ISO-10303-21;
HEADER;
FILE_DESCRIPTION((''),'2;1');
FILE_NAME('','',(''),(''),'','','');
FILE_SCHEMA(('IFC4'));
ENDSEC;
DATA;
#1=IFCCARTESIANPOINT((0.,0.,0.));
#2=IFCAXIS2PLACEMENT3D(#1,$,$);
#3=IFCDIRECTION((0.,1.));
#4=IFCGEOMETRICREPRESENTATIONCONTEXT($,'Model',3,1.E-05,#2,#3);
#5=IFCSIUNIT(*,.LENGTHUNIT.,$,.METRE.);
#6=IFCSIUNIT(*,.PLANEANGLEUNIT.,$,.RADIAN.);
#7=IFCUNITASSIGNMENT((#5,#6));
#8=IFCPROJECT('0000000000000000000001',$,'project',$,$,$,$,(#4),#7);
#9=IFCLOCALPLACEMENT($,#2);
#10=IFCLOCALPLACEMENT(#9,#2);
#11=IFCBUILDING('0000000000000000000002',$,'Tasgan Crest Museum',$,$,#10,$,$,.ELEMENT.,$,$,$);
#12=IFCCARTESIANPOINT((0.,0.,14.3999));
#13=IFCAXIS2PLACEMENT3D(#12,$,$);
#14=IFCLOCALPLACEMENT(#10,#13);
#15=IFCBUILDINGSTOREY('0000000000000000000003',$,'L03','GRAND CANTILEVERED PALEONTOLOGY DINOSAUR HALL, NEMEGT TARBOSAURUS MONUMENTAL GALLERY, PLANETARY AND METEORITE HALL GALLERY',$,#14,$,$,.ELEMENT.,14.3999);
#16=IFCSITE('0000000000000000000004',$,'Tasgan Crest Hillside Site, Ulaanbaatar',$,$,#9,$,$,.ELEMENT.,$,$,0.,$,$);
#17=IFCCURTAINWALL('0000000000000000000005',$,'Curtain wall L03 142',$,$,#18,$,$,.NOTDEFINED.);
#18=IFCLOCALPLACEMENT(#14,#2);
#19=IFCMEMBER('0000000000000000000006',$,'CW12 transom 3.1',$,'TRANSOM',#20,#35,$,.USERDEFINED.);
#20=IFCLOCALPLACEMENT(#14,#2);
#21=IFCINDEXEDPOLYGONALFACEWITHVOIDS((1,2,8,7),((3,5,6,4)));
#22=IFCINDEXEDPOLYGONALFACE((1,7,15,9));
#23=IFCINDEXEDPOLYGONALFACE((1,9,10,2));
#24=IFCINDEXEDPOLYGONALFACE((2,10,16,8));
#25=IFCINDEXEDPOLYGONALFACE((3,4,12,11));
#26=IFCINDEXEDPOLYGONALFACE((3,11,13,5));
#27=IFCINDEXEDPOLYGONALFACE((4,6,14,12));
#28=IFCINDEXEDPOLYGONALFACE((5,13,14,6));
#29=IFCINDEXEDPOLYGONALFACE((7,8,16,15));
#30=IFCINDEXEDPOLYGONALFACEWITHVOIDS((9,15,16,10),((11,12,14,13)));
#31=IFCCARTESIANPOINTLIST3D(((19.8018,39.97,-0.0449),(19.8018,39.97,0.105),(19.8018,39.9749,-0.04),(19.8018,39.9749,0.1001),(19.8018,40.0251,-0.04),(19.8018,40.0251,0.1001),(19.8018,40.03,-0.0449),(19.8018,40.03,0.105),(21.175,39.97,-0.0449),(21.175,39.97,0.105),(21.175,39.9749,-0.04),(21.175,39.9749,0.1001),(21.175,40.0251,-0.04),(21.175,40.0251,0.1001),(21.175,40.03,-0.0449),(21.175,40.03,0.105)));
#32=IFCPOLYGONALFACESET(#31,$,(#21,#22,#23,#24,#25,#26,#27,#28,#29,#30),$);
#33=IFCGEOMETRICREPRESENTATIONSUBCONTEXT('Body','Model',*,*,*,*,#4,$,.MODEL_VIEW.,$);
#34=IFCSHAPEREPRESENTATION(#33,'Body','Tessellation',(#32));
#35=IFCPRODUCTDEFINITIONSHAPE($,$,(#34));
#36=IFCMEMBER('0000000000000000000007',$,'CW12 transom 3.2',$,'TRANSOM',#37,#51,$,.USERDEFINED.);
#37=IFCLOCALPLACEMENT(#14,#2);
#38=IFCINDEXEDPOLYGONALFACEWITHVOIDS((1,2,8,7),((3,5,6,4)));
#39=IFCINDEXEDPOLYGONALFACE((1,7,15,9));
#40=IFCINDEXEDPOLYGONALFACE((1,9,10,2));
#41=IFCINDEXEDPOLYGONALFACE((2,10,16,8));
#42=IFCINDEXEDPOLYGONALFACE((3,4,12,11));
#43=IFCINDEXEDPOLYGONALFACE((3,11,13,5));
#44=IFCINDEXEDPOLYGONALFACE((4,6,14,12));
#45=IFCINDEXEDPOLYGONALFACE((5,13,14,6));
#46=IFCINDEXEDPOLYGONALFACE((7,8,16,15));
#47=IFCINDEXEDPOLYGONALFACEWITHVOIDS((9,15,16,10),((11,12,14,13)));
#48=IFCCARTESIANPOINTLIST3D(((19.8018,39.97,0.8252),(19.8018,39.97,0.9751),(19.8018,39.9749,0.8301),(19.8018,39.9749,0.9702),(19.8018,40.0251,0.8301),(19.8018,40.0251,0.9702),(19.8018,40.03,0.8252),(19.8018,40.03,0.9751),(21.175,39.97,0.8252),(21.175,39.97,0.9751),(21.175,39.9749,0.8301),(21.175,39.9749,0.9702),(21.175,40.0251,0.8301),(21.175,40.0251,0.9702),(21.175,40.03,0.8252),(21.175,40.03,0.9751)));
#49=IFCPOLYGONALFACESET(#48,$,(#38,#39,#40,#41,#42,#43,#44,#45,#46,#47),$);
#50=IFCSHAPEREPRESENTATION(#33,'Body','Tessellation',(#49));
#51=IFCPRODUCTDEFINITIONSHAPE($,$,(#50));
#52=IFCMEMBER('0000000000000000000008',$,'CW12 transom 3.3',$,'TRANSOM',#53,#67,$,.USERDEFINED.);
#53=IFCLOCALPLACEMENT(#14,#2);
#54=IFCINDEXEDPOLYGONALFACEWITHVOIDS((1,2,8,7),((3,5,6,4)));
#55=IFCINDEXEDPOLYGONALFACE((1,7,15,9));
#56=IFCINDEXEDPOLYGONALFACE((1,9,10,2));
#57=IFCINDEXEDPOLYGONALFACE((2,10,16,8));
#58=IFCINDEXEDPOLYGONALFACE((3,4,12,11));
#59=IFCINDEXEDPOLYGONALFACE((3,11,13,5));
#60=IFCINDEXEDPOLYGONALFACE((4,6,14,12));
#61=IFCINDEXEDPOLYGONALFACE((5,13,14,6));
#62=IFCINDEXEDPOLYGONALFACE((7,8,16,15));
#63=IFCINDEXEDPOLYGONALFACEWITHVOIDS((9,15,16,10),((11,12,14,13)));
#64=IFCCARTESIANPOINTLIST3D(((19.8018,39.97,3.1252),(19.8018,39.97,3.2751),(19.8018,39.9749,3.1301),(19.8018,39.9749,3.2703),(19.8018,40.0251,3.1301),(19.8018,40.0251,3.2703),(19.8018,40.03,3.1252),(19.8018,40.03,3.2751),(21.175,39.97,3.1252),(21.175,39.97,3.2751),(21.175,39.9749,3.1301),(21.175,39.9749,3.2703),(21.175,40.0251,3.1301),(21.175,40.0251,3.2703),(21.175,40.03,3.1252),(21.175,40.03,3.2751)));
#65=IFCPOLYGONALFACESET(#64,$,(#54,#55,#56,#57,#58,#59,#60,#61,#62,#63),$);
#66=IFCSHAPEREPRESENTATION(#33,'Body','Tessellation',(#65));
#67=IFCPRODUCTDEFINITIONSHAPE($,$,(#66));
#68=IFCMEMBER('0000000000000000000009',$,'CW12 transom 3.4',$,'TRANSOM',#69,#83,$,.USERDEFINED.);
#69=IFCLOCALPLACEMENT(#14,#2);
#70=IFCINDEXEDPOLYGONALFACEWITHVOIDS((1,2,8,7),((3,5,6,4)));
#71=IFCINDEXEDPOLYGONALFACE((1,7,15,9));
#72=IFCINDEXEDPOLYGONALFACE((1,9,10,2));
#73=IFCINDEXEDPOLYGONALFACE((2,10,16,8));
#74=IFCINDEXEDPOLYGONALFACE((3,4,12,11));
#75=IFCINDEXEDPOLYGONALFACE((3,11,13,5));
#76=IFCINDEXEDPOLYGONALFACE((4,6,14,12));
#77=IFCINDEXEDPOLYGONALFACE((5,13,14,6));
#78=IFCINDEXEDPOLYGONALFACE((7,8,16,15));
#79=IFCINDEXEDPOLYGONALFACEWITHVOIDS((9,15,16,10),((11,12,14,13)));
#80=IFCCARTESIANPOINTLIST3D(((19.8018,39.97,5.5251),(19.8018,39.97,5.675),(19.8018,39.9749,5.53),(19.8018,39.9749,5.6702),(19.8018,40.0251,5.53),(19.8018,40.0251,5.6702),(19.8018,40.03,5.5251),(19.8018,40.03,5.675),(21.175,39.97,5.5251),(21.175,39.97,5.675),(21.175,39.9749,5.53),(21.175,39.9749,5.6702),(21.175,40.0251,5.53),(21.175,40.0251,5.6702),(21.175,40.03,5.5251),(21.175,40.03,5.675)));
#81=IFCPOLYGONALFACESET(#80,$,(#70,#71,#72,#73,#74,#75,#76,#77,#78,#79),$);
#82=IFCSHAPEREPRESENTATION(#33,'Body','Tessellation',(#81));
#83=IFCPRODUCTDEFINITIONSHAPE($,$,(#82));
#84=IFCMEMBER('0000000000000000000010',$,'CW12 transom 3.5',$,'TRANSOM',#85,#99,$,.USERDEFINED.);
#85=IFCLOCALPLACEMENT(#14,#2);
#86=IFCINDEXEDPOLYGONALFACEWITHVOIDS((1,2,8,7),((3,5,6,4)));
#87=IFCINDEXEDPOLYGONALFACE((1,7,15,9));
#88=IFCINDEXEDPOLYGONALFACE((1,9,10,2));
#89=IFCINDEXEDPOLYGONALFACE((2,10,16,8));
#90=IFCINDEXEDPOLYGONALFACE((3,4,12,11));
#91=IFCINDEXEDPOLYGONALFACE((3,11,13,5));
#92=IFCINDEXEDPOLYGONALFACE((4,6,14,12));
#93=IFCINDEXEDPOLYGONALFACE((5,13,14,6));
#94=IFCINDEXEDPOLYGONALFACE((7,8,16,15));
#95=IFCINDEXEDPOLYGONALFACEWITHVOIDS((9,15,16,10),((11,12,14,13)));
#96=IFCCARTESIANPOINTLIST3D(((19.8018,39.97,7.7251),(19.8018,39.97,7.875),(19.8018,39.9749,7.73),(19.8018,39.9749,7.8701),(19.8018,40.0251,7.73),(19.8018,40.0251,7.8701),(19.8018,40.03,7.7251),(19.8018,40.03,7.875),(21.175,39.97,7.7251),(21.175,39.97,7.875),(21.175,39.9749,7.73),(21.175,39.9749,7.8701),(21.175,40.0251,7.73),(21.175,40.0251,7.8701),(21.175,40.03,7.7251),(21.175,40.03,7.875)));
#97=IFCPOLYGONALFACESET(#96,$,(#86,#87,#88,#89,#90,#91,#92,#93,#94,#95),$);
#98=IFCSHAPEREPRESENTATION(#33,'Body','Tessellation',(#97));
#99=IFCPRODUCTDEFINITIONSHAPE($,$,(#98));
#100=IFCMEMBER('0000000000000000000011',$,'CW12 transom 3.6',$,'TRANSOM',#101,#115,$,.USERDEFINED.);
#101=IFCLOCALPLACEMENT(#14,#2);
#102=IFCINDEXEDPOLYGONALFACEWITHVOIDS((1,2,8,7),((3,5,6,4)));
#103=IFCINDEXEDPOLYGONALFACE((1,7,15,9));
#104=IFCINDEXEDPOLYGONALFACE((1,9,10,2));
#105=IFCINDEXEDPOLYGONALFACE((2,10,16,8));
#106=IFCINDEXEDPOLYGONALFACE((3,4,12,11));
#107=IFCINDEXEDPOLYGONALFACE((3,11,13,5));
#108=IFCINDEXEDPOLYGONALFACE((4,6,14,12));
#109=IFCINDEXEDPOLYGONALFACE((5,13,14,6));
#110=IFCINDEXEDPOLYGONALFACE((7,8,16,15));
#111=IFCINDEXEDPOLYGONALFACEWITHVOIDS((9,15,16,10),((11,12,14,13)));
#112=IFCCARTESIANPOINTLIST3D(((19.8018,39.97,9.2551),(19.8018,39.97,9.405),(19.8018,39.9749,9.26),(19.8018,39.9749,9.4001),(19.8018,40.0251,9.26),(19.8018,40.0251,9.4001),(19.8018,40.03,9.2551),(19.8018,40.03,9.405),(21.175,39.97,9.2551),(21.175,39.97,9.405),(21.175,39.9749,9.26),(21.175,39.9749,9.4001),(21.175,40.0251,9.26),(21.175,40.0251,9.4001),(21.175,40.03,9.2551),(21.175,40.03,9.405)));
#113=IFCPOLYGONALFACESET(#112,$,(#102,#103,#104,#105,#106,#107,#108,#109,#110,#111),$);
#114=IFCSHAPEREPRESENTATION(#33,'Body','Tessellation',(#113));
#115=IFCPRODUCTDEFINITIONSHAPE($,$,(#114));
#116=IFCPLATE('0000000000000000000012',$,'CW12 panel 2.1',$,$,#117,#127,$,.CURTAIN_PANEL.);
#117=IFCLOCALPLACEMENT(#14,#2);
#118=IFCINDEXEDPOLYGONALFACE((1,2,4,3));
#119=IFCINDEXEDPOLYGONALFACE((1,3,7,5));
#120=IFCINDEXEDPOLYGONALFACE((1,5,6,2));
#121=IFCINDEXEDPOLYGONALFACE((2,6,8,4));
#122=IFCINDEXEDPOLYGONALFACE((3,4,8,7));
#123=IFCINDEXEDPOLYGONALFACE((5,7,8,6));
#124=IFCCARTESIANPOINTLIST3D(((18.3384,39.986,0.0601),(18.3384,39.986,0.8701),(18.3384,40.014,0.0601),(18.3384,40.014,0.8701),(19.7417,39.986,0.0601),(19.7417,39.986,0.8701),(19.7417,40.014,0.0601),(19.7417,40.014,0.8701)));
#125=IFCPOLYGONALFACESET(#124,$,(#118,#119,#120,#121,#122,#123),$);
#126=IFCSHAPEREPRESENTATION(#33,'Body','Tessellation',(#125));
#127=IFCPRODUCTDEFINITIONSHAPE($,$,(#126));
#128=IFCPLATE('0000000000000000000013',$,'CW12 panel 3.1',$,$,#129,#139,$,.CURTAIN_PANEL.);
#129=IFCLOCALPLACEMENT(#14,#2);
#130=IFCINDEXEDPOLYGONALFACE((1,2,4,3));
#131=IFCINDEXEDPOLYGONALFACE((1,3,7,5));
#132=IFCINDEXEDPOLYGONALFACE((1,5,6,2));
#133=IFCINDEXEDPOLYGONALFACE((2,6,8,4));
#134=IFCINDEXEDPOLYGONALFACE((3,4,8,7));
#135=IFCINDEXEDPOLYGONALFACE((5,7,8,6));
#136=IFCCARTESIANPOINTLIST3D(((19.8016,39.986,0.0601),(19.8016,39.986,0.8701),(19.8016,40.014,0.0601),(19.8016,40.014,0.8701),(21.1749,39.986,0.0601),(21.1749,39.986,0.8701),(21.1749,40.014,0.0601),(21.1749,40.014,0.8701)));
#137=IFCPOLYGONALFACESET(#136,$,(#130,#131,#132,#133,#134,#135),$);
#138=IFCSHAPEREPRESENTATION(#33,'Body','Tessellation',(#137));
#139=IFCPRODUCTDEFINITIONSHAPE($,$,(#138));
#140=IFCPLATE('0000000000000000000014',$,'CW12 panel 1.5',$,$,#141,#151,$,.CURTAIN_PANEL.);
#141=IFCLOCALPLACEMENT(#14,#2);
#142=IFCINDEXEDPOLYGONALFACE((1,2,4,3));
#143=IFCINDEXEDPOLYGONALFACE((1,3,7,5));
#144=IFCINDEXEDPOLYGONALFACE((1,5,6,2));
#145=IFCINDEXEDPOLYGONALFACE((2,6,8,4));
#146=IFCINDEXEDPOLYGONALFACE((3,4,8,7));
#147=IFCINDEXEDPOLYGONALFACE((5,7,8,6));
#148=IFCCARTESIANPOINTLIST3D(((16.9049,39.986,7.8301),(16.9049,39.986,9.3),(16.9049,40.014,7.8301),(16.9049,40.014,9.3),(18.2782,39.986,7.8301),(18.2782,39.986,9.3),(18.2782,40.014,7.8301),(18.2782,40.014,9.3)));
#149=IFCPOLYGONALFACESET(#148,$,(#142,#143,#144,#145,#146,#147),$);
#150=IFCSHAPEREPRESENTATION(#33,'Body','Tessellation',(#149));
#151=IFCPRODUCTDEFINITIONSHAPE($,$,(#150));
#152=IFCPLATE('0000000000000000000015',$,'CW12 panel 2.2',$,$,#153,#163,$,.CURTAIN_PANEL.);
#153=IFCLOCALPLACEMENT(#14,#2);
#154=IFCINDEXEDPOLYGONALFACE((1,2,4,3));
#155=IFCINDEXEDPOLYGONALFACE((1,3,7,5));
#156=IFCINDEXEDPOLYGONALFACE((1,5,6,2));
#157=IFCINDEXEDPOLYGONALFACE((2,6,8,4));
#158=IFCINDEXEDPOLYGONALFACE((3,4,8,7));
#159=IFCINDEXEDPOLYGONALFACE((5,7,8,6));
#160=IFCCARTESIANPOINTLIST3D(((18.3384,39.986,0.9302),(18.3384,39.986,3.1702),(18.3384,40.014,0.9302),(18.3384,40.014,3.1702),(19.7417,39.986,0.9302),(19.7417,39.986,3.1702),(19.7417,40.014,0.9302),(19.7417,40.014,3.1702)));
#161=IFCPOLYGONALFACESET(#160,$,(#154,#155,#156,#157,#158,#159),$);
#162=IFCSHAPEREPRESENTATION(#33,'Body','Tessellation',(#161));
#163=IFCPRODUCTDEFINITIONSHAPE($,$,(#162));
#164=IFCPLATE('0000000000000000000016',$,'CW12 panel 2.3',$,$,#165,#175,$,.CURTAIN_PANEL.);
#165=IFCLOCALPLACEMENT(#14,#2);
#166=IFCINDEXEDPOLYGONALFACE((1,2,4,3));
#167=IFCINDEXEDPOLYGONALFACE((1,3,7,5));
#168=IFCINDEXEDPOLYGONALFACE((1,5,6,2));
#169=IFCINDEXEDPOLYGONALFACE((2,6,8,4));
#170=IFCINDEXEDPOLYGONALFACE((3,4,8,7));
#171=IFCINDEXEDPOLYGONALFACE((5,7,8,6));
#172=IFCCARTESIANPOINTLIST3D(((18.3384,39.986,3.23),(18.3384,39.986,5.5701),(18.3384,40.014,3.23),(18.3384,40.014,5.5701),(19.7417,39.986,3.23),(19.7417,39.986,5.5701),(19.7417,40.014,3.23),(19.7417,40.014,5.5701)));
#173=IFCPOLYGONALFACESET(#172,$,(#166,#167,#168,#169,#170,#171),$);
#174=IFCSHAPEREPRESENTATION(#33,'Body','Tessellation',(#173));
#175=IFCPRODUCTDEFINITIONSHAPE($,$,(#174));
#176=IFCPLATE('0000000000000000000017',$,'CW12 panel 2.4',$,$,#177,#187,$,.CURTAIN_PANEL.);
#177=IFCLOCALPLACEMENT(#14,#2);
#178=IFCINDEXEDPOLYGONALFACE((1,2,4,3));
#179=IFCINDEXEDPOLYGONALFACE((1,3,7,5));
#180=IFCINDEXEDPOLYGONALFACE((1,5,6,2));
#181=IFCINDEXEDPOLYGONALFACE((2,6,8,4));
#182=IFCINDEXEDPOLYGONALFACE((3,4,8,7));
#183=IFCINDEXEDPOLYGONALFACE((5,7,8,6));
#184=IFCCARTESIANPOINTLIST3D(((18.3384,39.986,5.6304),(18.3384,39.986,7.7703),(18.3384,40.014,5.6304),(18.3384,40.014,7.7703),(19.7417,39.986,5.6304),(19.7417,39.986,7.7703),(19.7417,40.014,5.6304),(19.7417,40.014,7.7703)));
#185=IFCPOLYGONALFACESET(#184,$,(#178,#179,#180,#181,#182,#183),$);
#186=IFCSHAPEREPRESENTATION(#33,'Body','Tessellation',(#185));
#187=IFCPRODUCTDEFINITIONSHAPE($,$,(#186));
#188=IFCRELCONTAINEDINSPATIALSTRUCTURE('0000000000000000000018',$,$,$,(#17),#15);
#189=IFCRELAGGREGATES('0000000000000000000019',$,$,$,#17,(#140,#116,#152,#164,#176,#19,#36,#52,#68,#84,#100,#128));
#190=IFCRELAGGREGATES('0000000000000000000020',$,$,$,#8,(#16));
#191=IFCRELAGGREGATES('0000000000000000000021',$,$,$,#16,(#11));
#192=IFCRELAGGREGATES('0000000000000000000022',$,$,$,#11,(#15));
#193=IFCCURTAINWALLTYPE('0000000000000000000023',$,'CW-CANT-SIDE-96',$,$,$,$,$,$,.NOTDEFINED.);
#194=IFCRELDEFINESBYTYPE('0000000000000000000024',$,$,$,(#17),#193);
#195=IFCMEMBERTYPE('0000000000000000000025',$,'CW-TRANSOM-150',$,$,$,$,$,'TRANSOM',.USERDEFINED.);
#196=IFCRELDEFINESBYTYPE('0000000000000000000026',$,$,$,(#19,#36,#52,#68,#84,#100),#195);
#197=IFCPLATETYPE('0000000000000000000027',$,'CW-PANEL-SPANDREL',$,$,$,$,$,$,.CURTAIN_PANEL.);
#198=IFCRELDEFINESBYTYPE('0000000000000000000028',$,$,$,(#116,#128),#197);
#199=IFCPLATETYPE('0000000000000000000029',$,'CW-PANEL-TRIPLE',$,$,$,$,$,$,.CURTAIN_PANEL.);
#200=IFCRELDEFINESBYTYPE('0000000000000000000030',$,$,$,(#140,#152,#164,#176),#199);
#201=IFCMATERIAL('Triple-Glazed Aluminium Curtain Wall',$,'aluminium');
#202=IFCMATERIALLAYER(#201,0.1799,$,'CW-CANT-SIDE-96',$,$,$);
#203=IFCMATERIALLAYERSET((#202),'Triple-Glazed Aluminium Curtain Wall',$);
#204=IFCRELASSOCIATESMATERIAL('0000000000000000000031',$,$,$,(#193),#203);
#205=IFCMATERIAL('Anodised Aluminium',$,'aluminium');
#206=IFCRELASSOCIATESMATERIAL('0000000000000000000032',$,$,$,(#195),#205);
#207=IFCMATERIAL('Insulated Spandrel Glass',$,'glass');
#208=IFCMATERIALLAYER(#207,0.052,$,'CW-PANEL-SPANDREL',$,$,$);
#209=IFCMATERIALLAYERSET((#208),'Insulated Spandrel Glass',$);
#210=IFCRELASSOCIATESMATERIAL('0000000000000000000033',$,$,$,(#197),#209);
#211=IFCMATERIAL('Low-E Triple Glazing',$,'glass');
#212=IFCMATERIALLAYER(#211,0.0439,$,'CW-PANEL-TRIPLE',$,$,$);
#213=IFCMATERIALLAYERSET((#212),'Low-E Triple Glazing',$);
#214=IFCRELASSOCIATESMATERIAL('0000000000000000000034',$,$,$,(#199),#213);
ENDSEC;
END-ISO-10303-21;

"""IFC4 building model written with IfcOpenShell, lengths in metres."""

from ifc_helpers import new_model, si_unit, direction, frame, origin, origin_2d, place, context, subcontext, project, spatial, rectangle, hollow_rectangle, extrude, material, layer, layer_set, material_profile, profile_set, type_object, element, aggregate, save


model = new_model("IFC4")

# Units and contexts
model_context = context("Model", 3, precision=1e-05, world=origin(), true_north=direction((0.0, 1.0)))
body_context = subcontext(model_context, "Body", "Model", "MODEL_VIEW")
ifc_project = project(units=[si_unit("LENGTHUNIT", "METRE"), si_unit("PLANEANGLEUNIT", "RADIAN")], contexts=[model_context])

# Site, building, storey
site_placement = place(None, origin())
site = spatial("IfcSite", under=ifc_project, at=site_placement, Name="Tasgan Crest Hillside Site, Ulaanbaatar", CompositionType="ELEMENT", RefElevation=0.0)
building_placement = place(site_placement, origin())
building = spatial("IfcBuilding", under=site, at=building_placement, Name="Tasgan Crest Museum", CompositionType="ELEMENT")
storey_placement = place(building_placement, frame((0.0, 0.0, 14.3999)))
storey = spatial("IfcBuildingStorey", under=building, at=storey_placement, Name="L03", Description="GRAND CANTILEVERED PALEONTOLOGY DINOSAUR HALL, NEMEGT TARBOSAURUS MONUMENTAL GALLERY, PLANETARY AND METEORITE HALL GALLERY", CompositionType="ELEMENT", Elevation=14.3999)

# Curtain wall, members, plates
ifc_material_1 = material(Name="Triple-Glazed Aluminium Curtain Wall", Category="aluminium")
ifc_layer_1 = layer(ifc_material_1, 0.1799, Name="CW-CANT-SIDE-96")
ifc_layer_set_1 = layer_set([ifc_layer_1], Name="Triple-Glazed Aluminium Curtain Wall")
curtain_wall_type = type_object("IfcCurtainWallType", Name="CW-CANT-SIDE-96", PredefinedType="NOTDEFINED", material=ifc_layer_set_1)
curtain_wall_placement = place(storey_placement, origin())
curtain_wall = element("IfcCurtainWall", 1, at=curtain_wall_placement, inside=storey, type_object=curtain_wall_type, Name="Curtain wall L03 142", PredefinedType="NOTDEFINED")
ifc_material_2 = material(Name="Anodised Aluminium", Category="aluminium")
ifc_material_profile_1 = material_profile(ifc_material_2, hollow_rectangle(XDim=0.0601, YDim=0.1499, WallThickness=0.0049, at=origin_2d()), Name="ALU TRANSOM 150x60x5")
ifc_profile_set_1 = profile_set([ifc_material_profile_1], Name="Anodised Aluminium")
member_type_1 = type_object("IfcMemberType", Name="CW-TRANSOM-150", ElementType="TRANSOM", PredefinedType="USERDEFINED", material=ifc_profile_set_1)
member_1_placement = place(storey_placement, frame((19.8018, 40.0, 0.03), z_axis=(1.0, 0.0, 0.0), x_axis=(0.0, 1.0, 0.0)))
member_1 = element("IfcMember", 2, at=member_1_placement, type_object=member_type_1, Name="CW12 transom 3.1", ObjectType="TRANSOM", PredefinedType="USERDEFINED", context=body_context, shape_type="SweptSolid", body=[
    extrude(hollow_rectangle(XDim=0.0601, YDim=0.1499, WallThickness=0.0049, at=origin_2d()), origin(), (0.0, 0.0, 1.0), 1.3733),
])
member_2_placement = place(storey_placement, frame((19.8018, 40.0, 0.9001), z_axis=(1.0, 0.0, 0.0), x_axis=(0.0, 1.0, 0.0)))
member_2 = element("IfcMember", 3, at=member_2_placement, type_object=member_type_1, Name="CW12 transom 3.2", ObjectType="TRANSOM", PredefinedType="USERDEFINED", context=body_context, shape_type="SweptSolid", body=[
    extrude(hollow_rectangle(XDim=0.0601, YDim=0.1499, WallThickness=0.0049, at=origin_2d()), origin(), (0.0, 0.0, 1.0), 1.3733),
])
member_3_placement = place(storey_placement, frame((19.8018, 40.0, 3.2002), z_axis=(1.0, 0.0, 0.0), x_axis=(0.0, 1.0, 0.0)))
member_3 = element("IfcMember", 4, at=member_3_placement, type_object=member_type_1, Name="CW12 transom 3.3", ObjectType="TRANSOM", PredefinedType="USERDEFINED", context=body_context, shape_type="SweptSolid", body=[
    extrude(hollow_rectangle(XDim=0.0601, YDim=0.1499, WallThickness=0.0049, at=origin_2d()), origin(), (0.0, 0.0, 1.0), 1.3733),
])
member_4_placement = place(storey_placement, frame((19.8018, 40.0, 5.6001), z_axis=(1.0, 0.0, 0.0), x_axis=(0.0, 1.0, 0.0)))
member_4 = element("IfcMember", 5, at=member_4_placement, type_object=member_type_1, Name="CW12 transom 3.4", ObjectType="TRANSOM", PredefinedType="USERDEFINED", context=body_context, shape_type="SweptSolid", body=[
    extrude(hollow_rectangle(XDim=0.0601, YDim=0.1499, WallThickness=0.0049, at=origin_2d()), origin(), (0.0, 0.0, 1.0), 1.3733),
])
member_5_placement = place(storey_placement, frame((19.8018, 40.0, 7.8), z_axis=(1.0, 0.0, 0.0), x_axis=(0.0, 1.0, 0.0)))
member_5 = element("IfcMember", 6, at=member_5_placement, type_object=member_type_1, Name="CW12 transom 3.5", ObjectType="TRANSOM", PredefinedType="USERDEFINED", context=body_context, shape_type="SweptSolid", body=[
    extrude(hollow_rectangle(XDim=0.0601, YDim=0.1499, WallThickness=0.0049, at=origin_2d()), origin(), (0.0, 0.0, 1.0), 1.3733),
])
member_6_placement = place(storey_placement, frame((19.8018, 40.0, 9.3301), z_axis=(1.0, 0.0, 0.0), x_axis=(0.0, 1.0, 0.0)))
member_6 = element("IfcMember", 7, at=member_6_placement, type_object=member_type_1, Name="CW12 transom 3.6", ObjectType="TRANSOM", PredefinedType="USERDEFINED", context=body_context, shape_type="SweptSolid", body=[
    extrude(hollow_rectangle(XDim=0.0601, YDim=0.1499, WallThickness=0.0049, at=origin_2d()), origin(), (0.0, 0.0, 1.0), 1.3733),
])
ifc_material_3 = material(Name="Insulated Spandrel Glass", Category="glass")
ifc_layer_2 = layer(ifc_material_3, 0.052, Name="CW-PANEL-SPANDREL")
ifc_layer_set_2 = layer_set([ifc_layer_2], Name="Insulated Spandrel Glass")
plate_type_1 = type_object("IfcPlateType", Name="CW-PANEL-SPANDREL", PredefinedType="CURTAIN_PANEL", material=ifc_layer_set_2)
plate_1_placement = place(storey_placement, frame((19.04, 40.0, 0.0601), z_axis=(0.0, 0.0, 1.0), x_axis=(1.0, 0.0, 0.0)))
plate_1 = element("IfcPlate", 8, at=plate_1_placement, type_object=plate_type_1, Name="CW12 panel 2.1", PredefinedType="CURTAIN_PANEL", context=body_context, shape_type="SweptSolid", body=[
    extrude(rectangle(XDim=1.4033, YDim=0.0281, at=origin_2d()), origin(), (0.0, 0.0, 1.0), 0.8101),
])
plate_2_placement = place(storey_placement, frame((20.4883, 40.0, 0.0601), z_axis=(0.0, 0.0, 1.0), x_axis=(1.0, 0.0, 0.0)))
plate_2 = element("IfcPlate", 9, at=plate_2_placement, type_object=plate_type_1, Name="CW12 panel 3.1", PredefinedType="CURTAIN_PANEL", context=body_context, shape_type="SweptSolid", body=[
    extrude(rectangle(XDim=1.3733, YDim=0.0281, at=origin_2d()), origin(), (0.0, 0.0, 1.0), 0.8101),
])
ifc_material_4 = material(Name="Low-E Triple Glazing", Category="glass")
ifc_layer_3 = layer(ifc_material_4, 0.0439, Name="CW-PANEL-TRIPLE")
ifc_layer_set_3 = layer_set([ifc_layer_3], Name="Low-E Triple Glazing")
plate_type_2 = type_object("IfcPlateType", Name="CW-PANEL-TRIPLE", PredefinedType="CURTAIN_PANEL", material=ifc_layer_set_3)
plate_3_placement = place(storey_placement, frame((17.5916, 40.0, 7.8301), z_axis=(0.0, 0.0, 1.0), x_axis=(1.0, 0.0, 0.0)))
plate_3 = element("IfcPlate", 10, at=plate_3_placement, type_object=plate_type_2, Name="CW12 panel 1.5", PredefinedType="CURTAIN_PANEL", context=body_context, shape_type="SweptSolid", body=[
    extrude(rectangle(XDim=1.3733, YDim=0.0281, at=origin_2d()), origin(), (0.0, 0.0, 1.0), 1.47),
])
plate_4_placement = place(storey_placement, frame((19.04, 40.0, 0.9302), z_axis=(0.0, 0.0, 1.0), x_axis=(1.0, 0.0, 0.0)))
plate_4 = element("IfcPlate", 11, at=plate_4_placement, type_object=plate_type_2, Name="CW12 panel 2.2", PredefinedType="CURTAIN_PANEL", context=body_context, shape_type="SweptSolid", body=[
    extrude(rectangle(XDim=1.4033, YDim=0.0281, at=origin_2d()), origin(), (0.0, 0.0, 1.0), 2.24),
])
plate_5_placement = place(storey_placement, frame((19.04, 40.0, 3.23), z_axis=(0.0, 0.0, 1.0), x_axis=(1.0, 0.0, 0.0)))
plate_5 = element("IfcPlate", 12, at=plate_5_placement, type_object=plate_type_2, Name="CW12 panel 2.3", PredefinedType="CURTAIN_PANEL", context=body_context, shape_type="SweptSolid", body=[
    extrude(rectangle(XDim=1.4033, YDim=0.0281, at=origin_2d()), origin(), (0.0, 0.0, 1.0), 2.3401),
])
plate_6_placement = place(storey_placement, frame((19.04, 40.0, 5.6304), z_axis=(0.0, 0.0, 1.0), x_axis=(1.0, 0.0, 0.0)))
plate_6 = element("IfcPlate", 13, at=plate_6_placement, type_object=plate_type_2, Name="CW12 panel 2.4", PredefinedType="CURTAIN_PANEL", context=body_context, shape_type="SweptSolid", body=[
    extrude(rectangle(XDim=1.4033, YDim=0.0281, at=origin_2d()), origin(), (0.0, 0.0, 1.0), 2.1399),
])
aggregate(curtain_wall, [plate_3, plate_1, plate_4, plate_5, plate_6, member_1, member_2, member_3, member_4, member_5, member_6, plate_2])

save(model, "model.ifc")
